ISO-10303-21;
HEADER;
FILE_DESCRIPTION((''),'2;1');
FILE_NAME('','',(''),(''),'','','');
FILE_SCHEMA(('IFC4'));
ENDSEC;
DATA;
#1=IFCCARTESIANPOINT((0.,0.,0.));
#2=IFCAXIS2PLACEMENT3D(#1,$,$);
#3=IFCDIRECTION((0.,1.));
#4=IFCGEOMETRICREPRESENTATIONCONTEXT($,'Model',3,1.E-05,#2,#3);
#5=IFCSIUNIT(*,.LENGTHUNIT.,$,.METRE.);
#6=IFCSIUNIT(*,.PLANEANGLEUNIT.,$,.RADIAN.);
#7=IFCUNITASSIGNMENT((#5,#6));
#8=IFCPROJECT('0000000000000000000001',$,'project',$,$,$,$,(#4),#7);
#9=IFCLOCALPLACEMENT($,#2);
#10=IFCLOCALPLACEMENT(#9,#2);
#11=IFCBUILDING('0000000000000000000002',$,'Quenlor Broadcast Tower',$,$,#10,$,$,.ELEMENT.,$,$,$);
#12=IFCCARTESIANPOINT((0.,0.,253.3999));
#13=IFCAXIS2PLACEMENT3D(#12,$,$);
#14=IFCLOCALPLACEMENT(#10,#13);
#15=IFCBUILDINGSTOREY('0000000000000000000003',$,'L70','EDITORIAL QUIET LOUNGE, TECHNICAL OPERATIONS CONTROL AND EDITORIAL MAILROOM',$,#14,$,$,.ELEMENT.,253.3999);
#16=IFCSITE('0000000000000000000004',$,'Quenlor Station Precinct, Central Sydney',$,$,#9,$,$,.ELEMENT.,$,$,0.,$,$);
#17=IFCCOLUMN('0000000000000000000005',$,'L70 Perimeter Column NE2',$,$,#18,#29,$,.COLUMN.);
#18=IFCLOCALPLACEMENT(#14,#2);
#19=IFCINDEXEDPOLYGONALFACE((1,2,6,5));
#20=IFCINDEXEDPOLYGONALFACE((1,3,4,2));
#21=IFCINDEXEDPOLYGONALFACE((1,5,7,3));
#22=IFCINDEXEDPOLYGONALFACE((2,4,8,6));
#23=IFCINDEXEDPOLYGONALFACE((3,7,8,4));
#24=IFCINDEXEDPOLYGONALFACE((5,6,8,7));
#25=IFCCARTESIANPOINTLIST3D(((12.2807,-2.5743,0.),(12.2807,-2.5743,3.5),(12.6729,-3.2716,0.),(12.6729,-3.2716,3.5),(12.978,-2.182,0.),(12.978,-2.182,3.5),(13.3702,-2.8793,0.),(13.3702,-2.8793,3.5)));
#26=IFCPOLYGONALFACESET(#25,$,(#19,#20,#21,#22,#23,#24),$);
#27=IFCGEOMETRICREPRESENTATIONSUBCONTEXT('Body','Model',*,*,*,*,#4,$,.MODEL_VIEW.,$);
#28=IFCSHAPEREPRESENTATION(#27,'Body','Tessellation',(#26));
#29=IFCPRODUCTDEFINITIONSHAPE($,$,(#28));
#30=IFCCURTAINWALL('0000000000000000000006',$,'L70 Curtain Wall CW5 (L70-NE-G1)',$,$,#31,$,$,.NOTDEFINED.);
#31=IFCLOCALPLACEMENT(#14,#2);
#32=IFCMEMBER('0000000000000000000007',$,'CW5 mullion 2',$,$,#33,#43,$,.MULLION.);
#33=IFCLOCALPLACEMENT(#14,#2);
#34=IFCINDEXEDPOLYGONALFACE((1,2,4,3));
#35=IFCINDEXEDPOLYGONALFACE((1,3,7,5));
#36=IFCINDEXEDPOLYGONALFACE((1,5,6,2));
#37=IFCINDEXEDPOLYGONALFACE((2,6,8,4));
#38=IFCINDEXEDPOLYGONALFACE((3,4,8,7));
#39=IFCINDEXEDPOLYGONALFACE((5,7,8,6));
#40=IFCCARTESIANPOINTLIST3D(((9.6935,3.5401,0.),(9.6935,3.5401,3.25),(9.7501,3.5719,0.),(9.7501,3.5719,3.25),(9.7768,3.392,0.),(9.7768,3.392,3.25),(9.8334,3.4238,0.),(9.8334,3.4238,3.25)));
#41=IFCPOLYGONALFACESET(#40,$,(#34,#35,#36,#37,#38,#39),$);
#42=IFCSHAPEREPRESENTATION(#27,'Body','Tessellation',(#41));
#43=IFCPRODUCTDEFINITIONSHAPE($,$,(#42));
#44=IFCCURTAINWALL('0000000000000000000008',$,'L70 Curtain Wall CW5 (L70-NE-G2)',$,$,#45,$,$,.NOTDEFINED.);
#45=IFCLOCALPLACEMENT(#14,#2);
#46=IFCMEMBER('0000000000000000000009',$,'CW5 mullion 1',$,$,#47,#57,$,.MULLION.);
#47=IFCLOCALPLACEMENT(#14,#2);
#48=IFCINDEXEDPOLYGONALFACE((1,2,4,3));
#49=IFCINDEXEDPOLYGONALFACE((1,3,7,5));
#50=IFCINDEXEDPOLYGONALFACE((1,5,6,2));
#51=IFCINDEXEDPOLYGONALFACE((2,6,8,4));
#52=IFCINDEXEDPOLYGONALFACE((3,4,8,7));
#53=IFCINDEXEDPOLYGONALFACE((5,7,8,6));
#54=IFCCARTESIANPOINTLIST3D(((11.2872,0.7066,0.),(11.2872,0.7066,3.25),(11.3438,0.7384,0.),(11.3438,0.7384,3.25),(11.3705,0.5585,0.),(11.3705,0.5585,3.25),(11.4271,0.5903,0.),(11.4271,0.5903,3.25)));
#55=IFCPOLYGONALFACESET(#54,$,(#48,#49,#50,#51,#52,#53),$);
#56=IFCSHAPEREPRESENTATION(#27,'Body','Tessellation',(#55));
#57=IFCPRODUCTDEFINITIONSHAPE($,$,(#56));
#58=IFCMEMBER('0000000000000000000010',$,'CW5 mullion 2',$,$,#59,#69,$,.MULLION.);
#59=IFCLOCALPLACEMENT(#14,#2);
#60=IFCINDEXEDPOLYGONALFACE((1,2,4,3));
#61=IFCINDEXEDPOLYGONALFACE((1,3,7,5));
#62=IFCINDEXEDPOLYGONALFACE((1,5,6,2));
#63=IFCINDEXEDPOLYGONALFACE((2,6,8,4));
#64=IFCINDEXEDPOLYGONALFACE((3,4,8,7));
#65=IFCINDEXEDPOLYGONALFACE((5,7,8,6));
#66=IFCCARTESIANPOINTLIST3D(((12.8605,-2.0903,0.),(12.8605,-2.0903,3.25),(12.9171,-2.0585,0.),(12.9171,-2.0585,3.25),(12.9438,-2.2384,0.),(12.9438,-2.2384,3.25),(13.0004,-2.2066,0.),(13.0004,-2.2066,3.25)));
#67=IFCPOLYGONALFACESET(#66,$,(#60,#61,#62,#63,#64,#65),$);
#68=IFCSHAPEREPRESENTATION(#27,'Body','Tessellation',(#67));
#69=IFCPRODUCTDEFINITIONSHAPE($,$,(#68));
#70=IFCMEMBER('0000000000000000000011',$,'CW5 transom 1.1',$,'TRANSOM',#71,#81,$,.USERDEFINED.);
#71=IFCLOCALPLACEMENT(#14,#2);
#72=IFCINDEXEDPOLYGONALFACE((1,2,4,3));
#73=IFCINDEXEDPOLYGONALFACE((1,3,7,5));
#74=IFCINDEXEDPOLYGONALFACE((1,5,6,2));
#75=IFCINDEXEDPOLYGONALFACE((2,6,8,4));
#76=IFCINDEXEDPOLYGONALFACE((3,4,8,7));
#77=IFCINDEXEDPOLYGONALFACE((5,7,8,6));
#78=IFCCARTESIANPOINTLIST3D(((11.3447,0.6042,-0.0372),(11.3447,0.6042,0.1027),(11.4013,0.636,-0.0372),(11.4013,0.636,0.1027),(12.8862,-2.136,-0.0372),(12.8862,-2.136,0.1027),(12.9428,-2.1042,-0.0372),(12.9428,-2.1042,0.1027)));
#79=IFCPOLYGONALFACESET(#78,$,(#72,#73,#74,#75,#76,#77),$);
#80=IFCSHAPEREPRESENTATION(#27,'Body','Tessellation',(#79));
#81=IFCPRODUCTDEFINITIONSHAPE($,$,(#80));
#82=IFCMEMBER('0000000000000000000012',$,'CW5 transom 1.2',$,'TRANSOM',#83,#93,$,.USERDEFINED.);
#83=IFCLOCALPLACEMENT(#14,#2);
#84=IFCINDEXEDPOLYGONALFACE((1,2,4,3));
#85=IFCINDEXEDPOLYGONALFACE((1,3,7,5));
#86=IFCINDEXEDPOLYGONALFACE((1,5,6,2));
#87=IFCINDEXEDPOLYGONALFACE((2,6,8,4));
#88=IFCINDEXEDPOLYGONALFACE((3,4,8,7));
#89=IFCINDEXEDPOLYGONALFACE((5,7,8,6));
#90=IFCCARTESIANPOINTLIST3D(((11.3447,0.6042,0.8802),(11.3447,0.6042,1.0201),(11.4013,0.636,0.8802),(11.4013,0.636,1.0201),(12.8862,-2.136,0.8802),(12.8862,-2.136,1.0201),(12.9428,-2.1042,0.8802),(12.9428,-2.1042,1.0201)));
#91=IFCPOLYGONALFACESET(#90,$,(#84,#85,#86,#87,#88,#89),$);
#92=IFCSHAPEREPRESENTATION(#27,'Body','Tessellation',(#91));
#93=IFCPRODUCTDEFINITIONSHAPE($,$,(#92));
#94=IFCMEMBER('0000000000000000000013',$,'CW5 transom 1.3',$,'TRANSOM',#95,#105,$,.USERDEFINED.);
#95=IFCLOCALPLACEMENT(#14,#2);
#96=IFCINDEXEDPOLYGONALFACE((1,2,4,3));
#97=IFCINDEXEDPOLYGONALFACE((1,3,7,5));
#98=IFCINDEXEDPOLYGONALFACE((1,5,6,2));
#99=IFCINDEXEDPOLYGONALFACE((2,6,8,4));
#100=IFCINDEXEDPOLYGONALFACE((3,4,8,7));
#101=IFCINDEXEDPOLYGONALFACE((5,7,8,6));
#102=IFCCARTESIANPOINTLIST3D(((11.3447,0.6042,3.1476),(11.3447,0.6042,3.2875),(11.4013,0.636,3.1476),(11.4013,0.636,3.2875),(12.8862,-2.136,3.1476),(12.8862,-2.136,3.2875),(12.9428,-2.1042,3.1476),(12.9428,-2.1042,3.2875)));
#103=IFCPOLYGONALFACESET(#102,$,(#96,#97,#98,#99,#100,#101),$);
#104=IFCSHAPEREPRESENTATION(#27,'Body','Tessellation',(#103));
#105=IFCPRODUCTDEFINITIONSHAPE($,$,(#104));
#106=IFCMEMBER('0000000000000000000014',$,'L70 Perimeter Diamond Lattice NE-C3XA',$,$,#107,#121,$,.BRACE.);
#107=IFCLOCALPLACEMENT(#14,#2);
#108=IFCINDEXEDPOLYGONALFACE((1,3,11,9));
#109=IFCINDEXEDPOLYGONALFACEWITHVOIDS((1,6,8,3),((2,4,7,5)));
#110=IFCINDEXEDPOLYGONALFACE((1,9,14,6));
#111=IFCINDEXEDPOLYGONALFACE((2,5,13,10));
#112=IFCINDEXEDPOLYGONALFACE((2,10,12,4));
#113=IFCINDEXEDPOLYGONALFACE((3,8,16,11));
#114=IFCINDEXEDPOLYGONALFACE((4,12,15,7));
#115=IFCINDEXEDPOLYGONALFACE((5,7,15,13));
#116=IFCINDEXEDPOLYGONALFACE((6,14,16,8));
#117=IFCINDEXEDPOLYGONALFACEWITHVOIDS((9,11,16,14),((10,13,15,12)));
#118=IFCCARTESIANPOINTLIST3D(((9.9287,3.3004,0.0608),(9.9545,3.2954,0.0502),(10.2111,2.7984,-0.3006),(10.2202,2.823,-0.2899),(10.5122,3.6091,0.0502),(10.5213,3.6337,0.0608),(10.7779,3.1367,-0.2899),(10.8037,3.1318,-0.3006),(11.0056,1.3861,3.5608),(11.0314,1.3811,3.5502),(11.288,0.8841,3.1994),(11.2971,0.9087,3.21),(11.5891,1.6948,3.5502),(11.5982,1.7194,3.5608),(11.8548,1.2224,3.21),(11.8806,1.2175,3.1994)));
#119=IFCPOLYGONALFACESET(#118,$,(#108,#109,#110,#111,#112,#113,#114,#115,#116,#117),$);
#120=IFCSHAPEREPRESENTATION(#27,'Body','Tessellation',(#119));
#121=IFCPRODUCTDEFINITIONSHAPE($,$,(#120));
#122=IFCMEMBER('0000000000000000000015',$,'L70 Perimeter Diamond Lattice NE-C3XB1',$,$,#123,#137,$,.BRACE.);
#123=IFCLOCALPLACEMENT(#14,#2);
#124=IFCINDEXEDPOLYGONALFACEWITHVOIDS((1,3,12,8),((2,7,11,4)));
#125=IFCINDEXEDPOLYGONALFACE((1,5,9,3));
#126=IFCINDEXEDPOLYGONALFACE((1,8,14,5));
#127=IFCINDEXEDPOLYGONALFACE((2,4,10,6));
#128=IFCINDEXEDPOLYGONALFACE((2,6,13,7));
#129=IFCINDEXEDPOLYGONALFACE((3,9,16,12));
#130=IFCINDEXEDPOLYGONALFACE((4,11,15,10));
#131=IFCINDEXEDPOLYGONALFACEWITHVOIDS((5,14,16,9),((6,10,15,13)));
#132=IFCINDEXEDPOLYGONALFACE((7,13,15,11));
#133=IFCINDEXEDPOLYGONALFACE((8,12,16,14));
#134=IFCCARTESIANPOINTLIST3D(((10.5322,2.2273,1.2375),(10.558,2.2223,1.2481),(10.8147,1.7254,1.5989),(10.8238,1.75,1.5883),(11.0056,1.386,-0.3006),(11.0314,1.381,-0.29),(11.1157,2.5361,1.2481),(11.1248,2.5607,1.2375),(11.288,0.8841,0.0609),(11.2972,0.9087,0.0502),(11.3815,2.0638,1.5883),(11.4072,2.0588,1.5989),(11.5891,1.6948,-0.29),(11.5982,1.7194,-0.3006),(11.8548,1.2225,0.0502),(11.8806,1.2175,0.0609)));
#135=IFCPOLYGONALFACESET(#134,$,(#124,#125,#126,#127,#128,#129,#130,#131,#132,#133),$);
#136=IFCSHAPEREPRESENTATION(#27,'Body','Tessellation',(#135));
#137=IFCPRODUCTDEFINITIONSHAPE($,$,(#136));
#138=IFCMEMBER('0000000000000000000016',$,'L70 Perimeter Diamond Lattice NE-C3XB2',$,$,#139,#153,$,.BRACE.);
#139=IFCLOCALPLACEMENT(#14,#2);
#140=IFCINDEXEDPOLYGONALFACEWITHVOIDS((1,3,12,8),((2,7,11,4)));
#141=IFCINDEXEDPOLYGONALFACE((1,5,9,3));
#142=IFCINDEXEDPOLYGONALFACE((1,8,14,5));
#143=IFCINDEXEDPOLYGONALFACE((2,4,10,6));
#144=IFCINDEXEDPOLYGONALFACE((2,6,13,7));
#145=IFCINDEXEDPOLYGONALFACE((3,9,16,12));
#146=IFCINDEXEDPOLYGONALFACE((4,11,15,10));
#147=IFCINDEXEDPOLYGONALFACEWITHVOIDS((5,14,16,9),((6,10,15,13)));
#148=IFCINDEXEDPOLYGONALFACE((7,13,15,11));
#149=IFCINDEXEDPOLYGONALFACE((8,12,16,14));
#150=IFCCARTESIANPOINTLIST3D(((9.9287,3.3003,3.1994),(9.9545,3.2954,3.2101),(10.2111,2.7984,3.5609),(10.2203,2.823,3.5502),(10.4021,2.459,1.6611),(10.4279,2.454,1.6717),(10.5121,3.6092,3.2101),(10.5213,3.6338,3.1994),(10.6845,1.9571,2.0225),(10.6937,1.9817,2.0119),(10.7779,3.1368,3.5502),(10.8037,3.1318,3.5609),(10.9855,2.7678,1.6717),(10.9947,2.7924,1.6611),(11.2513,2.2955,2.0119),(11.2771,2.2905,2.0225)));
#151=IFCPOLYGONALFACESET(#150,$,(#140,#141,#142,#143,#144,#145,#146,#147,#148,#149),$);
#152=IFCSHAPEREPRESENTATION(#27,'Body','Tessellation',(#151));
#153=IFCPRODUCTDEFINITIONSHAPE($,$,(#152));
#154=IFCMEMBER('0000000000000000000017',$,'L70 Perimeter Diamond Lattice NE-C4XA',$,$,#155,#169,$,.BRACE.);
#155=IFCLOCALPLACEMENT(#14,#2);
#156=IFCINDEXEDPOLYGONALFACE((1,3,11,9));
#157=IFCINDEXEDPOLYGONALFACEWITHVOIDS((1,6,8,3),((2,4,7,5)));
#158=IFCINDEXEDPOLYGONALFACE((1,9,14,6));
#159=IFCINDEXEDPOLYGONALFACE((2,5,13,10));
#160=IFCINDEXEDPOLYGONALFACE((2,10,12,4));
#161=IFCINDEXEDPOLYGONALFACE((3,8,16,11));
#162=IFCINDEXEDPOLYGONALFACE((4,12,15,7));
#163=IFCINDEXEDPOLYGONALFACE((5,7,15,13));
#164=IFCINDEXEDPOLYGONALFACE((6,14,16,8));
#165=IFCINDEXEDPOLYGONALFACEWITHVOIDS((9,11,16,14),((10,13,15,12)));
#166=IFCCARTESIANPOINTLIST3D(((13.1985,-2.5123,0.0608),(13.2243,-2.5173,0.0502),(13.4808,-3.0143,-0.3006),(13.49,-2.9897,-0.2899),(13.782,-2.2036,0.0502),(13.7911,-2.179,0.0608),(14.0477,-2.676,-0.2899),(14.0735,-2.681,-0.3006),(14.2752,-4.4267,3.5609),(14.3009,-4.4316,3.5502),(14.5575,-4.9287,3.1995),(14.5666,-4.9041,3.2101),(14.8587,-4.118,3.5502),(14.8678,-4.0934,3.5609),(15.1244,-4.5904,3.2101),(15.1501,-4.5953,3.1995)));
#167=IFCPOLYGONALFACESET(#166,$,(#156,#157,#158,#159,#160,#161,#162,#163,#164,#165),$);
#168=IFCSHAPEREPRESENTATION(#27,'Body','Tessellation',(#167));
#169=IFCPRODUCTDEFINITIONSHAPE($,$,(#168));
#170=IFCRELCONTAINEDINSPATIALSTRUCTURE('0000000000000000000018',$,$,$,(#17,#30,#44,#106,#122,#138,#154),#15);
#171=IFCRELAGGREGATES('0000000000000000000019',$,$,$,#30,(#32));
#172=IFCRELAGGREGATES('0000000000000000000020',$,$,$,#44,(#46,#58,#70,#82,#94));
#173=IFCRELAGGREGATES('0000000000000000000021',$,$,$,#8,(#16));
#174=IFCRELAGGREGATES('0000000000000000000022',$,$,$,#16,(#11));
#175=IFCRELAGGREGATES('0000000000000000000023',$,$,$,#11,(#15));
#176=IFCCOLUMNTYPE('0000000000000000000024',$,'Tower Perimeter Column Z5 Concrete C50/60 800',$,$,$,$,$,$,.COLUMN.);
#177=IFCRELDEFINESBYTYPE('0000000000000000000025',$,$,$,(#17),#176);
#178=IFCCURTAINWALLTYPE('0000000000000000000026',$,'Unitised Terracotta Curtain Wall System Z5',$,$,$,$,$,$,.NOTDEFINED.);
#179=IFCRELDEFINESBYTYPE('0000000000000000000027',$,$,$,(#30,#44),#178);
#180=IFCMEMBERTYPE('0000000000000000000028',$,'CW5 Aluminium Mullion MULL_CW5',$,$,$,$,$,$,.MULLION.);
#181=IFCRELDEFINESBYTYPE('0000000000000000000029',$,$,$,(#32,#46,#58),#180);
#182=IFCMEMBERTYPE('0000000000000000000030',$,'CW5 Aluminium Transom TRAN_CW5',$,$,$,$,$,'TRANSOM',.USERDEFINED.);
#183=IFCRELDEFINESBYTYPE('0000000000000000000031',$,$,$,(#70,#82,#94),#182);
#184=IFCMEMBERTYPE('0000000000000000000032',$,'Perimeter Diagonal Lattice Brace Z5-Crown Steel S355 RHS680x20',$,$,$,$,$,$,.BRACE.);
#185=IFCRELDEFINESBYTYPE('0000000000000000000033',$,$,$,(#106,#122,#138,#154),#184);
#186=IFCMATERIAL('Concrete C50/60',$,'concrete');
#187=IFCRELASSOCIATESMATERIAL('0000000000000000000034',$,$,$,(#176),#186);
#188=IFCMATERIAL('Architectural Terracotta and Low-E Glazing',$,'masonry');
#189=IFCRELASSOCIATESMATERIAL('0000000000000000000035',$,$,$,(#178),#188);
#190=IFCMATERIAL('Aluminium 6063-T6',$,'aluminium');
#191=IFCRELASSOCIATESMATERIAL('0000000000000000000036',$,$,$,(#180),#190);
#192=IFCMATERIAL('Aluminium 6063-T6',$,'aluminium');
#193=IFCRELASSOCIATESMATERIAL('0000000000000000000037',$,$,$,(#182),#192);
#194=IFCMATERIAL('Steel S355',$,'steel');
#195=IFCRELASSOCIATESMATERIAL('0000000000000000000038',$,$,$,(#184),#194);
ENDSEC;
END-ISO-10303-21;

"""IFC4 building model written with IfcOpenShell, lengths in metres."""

from ifc_helpers import new_model, si_unit, direction, frame, origin, origin_2d, place, context, subcontext, project, spatial, rectangle, hollow_rectangle, extrude, material, material_profile, profile_set, type_object, element, aggregate, save


model = new_model("IFC4")

# Units and contexts
model_context = context("Model", 3, precision=1e-05, world=origin(), true_north=direction((0.0, 1.0)))
body_context = subcontext(model_context, "Body", "Model", "MODEL_VIEW")
ifc_project = project(units=[si_unit("LENGTHUNIT", "METRE"), si_unit("PLANEANGLEUNIT", "RADIAN")], contexts=[model_context])

# Site, building, storey
site_placement = place(None, origin())
site = spatial("IfcSite", under=ifc_project, at=site_placement, Name="Quenlor Station Precinct, Central Sydney", CompositionType="ELEMENT", RefElevation=0.0)
building_placement = place(site_placement, origin())
building = spatial("IfcBuilding", under=site, at=building_placement, Name="Quenlor Broadcast Tower", CompositionType="ELEMENT")
storey_placement = place(building_placement, frame((0.0, 0.0, 253.3999)))
storey = spatial("IfcBuildingStorey", under=building, at=storey_placement, Name="L70", Description="EDITORIAL QUIET LOUNGE, TECHNICAL OPERATIONS CONTROL AND EDITORIAL MAILROOM", CompositionType="ELEMENT", Elevation=253.3999)

# Column
ifc_material_1 = material(Name="Concrete C50/60", Category="concrete")
ifc_material_profile_1 = material_profile(ifc_material_1, rectangle(XDim=0.8, YDim=0.8, at=origin_2d()))
ifc_profile_set_1 = profile_set([ifc_material_profile_1], Name="Concrete C50/60 RC800x800")
column_type = type_object("IfcColumnType", Name="Tower Perimeter Column Z5 Concrete C50/60 800", PredefinedType="COLUMN", material=ifc_profile_set_1)
column_placement = place(storey_placement, frame((12.8254, -2.7268, 0.0), z_axis=(0.0, 0.0, 1.0), x_axis=(0.871575, 0.490262, 0.0)))
element("IfcColumn", 1, at=column_placement, inside=storey, type_object=column_type, Name="L70 Perimeter Column NE2", PredefinedType="COLUMN", context=body_context, shape_type="SweptSolid", body=[
    extrude(rectangle(XDim=0.8, YDim=0.8, at=origin_2d()), origin(), (0.0, 0.0, 1.0), 3.5),
])

# Curtain wall, member
ifc_material_2 = material(Name="Architectural Terracotta and Low-E Glazing", Category="masonry")
curtain_wall_type = type_object("IfcCurtainWallType", Name="Unitised Terracotta Curtain Wall System Z5", PredefinedType="NOTDEFINED", material=ifc_material_2)
curtain_wall_1_placement = place(storey_placement, origin())
curtain_wall_1 = element("IfcCurtainWall", 2, at=curtain_wall_1_placement, inside=storey, type_object=curtain_wall_type, Name="L70 Curtain Wall CW5 (L70-NE-G1)", PredefinedType="NOTDEFINED")
ifc_material_3 = material(Name="Aluminium 6063-T6", Category="aluminium")
ifc_material_profile_2 = material_profile(ifc_material_3, rectangle(XDim=0.0649, YDim=0.1699, at=origin_2d()))
ifc_profile_set_2 = profile_set([ifc_material_profile_2], Name="Aluminium 6063-T6 MULL65x170")
member_type_1 = type_object("IfcMemberType", Name="CW5 Aluminium Mullion MULL_CW5", PredefinedType="MULLION", material=ifc_profile_set_2)
member_1_placement = place(storey_placement, frame((9.7634, 3.4819, 0.0), z_axis=(0.0, 0.0, 1.0), x_axis=(0.871575, 0.490263, 0.0)))
member_1 = element("IfcMember", 3, at=member_1_placement, type_object=member_type_1, Name="CW5 mullion 2", PredefinedType="MULLION", context=body_context, shape_type="SweptSolid", body=[
    extrude(rectangle(XDim=0.0649, YDim=0.1699, at=origin_2d()), origin(), (0.0, 0.0, 1.0), 3.25),
])
aggregate(curtain_wall_1, [member_1])

# Curtain wall, members
curtain_wall_2_placement = place(storey_placement, origin())
curtain_wall_2 = element("IfcCurtainWall", 4, at=curtain_wall_2_placement, inside=storey, type_object=curtain_wall_type, Name="L70 Curtain Wall CW5 (L70-NE-G2)", PredefinedType="NOTDEFINED")
member_2_placement = place(storey_placement, frame((11.3572, 0.6484, 0.0), z_axis=(0.0, 0.0, 1.0), x_axis=(0.871575, 0.490263, 0.0)))
member_2 = element("IfcMember", 5, at=member_2_placement, type_object=member_type_1, Name="CW5 mullion 1", PredefinedType="MULLION", context=body_context, shape_type="SweptSolid", body=[
    extrude(rectangle(XDim=0.0649, YDim=0.1699, at=origin_2d()), origin(), (0.0, 0.0, 1.0), 3.25),
])
member_3_placement = place(storey_placement, frame((12.9304, -2.1484, 0.0), z_axis=(0.0, 0.0, 1.0), x_axis=(0.871575, 0.490263, 0.0)))
member_3 = element("IfcMember", 6, at=member_3_placement, type_object=member_type_1, Name="CW5 mullion 2", PredefinedType="MULLION", context=body_context, shape_type="SweptSolid", body=[
    extrude(rectangle(XDim=0.0649, YDim=0.1699, at=origin_2d()), origin(), (0.0, 0.0, 1.0), 3.25),
])
ifc_material_4 = material(Name="Aluminium 6063-T6", Category="aluminium")
ifc_material_profile_3 = material_profile(ifc_material_4, rectangle(XDim=0.0649, YDim=0.1399, at=origin_2d()))
ifc_profile_set_3 = profile_set([ifc_material_profile_3], Name="Aluminium 6063-T6 TRAN65x140")
member_type_2 = type_object("IfcMemberType", Name="CW5 Aluminium Transom TRAN_CW5", ElementType="TRANSOM", PredefinedType="USERDEFINED", material=ifc_profile_set_3)
member_4_placement = place(storey_placement, frame((11.373, 0.6201, 0.0327), z_axis=(0.490291, -0.871559, 0.0), x_axis=(0.871559, 0.490291, 0.0)))
member_4 = element("IfcMember", 7, at=member_4_placement, type_object=member_type_2, Name="CW5 transom 1.1", ObjectType="TRANSOM", PredefinedType="USERDEFINED", context=body_context, shape_type="SweptSolid", body=[
    extrude(rectangle(XDim=0.0649, YDim=0.1399, at=origin_2d()), origin(), (0.0, 0.0, 1.0), 3.144),
])
member_5_placement = place(storey_placement, frame((11.373, 0.6201, 0.9502), z_axis=(0.490291, -0.871559, 0.0), x_axis=(0.871559, 0.490291, 0.0)))
member_5 = element("IfcMember", 8, at=member_5_placement, type_object=member_type_2, Name="CW5 transom 1.2", ObjectType="TRANSOM", PredefinedType="USERDEFINED", context=body_context, shape_type="SweptSolid", body=[
    extrude(rectangle(XDim=0.0649, YDim=0.1399, at=origin_2d()), origin(), (0.0, 0.0, 1.0), 3.144),
])
member_6_placement = place(storey_placement, frame((11.373, 0.6201, 3.2175), z_axis=(0.490291, -0.871559, 0.0), x_axis=(0.871559, 0.490291, 0.0)))
member_6 = element("IfcMember", 9, at=member_6_placement, type_object=member_type_2, Name="CW5 transom 1.3", ObjectType="TRANSOM", PredefinedType="USERDEFINED", context=body_context, shape_type="SweptSolid", body=[
    extrude(rectangle(XDim=0.0649, YDim=0.1399, at=origin_2d()), origin(), (0.0, 0.0, 1.0), 3.144),
])

# Members
ifc_material_5 = material(Name="Steel S355", Category="steel")
ifc_material_profile_4 = material_profile(ifc_material_5, hollow_rectangle(XDim=0.6799, YDim=0.6799, WallThickness=0.02, at=origin_2d()))
ifc_profile_set_4 = profile_set([ifc_material_profile_4], Name="Steel S355 RHS680x680x20")
member_type_3 = type_object("IfcMemberType", Name="Perimeter Diagonal Lattice Brace Z5-Crown Steel S355 RHS680x20", PredefinedType="BRACE", material=ifc_profile_set_4)
member_7_placement = place(storey_placement, frame((10.3662, 3.2161, -0.1199), z_axis=(0.260619, -0.463276, 0.847026), x_axis=(0.871555, 0.490298, 0.0)))
element("IfcMember", 10, at=member_7_placement, inside=storey, type_object=member_type_3, Name="L70 Perimeter Diamond Lattice NE-C3XA", PredefinedType="BRACE", context=body_context, shape_type="SweptSolid", body=[
    extrude(hollow_rectangle(XDim=0.6799, YDim=0.6799, WallThickness=0.02, at=origin_2d()), origin(), (0.0, 0.0, 1.0), 4.1321),
])
member_8_placement = place(storey_placement, frame((11.4431, 1.3018, -0.1199), z_axis=(-0.260686, 0.463293, 0.846996), x_axis=(-0.871508, -0.490381, 0.0)))
element("IfcMember", 11, at=member_8_placement, inside=storey, type_object=member_type_3, Name="L70 Perimeter Diamond Lattice NE-C3XB1", PredefinedType="BRACE", context=body_context, shape_type="SweptSolid", body=[
    extrude(hollow_rectangle(XDim=0.6799, YDim=0.6799, WallThickness=0.02, at=origin_2d()), origin(), (0.0, 0.0, 1.0), 1.8159),
])
member_9_placement = place(storey_placement, frame((10.8396, 2.3748, 1.8418), z_axis=(-0.260657, 0.463241, 0.847034), x_axis=(-0.871508, -0.490381, 0.0)))
element("IfcMember", 12, at=member_9_placement, inside=storey, type_object=member_type_3, Name="L70 Perimeter Diamond Lattice NE-C3XB2", PredefinedType="BRACE", context=body_context, shape_type="SweptSolid", body=[
    extrude(hollow_rectangle(XDim=0.6799, YDim=0.6799, WallThickness=0.02, at=origin_2d()), origin(), (0.0, 0.0, 1.0), 1.8162),
])
member_10_placement = place(storey_placement, frame((13.636, -2.5967, -0.1199), z_axis=(0.260564, -0.463283, 0.847039), x_axis=(0.871602, 0.490214, 0.0)))
element("IfcMember", 13, at=member_10_placement, inside=storey, type_object=member_type_3, Name="L70 Perimeter Diamond Lattice NE-C4XA", PredefinedType="BRACE", context=body_context, shape_type="SweptSolid", body=[
    extrude(hollow_rectangle(XDim=0.6799, YDim=0.6799, WallThickness=0.02, at=origin_2d()), origin(), (0.0, 0.0, 1.0), 4.1321),
])

aggregate(curtain_wall_2, [member_2, member_3, member_4, member_5, member_6])

save(model, "model.ifc")
